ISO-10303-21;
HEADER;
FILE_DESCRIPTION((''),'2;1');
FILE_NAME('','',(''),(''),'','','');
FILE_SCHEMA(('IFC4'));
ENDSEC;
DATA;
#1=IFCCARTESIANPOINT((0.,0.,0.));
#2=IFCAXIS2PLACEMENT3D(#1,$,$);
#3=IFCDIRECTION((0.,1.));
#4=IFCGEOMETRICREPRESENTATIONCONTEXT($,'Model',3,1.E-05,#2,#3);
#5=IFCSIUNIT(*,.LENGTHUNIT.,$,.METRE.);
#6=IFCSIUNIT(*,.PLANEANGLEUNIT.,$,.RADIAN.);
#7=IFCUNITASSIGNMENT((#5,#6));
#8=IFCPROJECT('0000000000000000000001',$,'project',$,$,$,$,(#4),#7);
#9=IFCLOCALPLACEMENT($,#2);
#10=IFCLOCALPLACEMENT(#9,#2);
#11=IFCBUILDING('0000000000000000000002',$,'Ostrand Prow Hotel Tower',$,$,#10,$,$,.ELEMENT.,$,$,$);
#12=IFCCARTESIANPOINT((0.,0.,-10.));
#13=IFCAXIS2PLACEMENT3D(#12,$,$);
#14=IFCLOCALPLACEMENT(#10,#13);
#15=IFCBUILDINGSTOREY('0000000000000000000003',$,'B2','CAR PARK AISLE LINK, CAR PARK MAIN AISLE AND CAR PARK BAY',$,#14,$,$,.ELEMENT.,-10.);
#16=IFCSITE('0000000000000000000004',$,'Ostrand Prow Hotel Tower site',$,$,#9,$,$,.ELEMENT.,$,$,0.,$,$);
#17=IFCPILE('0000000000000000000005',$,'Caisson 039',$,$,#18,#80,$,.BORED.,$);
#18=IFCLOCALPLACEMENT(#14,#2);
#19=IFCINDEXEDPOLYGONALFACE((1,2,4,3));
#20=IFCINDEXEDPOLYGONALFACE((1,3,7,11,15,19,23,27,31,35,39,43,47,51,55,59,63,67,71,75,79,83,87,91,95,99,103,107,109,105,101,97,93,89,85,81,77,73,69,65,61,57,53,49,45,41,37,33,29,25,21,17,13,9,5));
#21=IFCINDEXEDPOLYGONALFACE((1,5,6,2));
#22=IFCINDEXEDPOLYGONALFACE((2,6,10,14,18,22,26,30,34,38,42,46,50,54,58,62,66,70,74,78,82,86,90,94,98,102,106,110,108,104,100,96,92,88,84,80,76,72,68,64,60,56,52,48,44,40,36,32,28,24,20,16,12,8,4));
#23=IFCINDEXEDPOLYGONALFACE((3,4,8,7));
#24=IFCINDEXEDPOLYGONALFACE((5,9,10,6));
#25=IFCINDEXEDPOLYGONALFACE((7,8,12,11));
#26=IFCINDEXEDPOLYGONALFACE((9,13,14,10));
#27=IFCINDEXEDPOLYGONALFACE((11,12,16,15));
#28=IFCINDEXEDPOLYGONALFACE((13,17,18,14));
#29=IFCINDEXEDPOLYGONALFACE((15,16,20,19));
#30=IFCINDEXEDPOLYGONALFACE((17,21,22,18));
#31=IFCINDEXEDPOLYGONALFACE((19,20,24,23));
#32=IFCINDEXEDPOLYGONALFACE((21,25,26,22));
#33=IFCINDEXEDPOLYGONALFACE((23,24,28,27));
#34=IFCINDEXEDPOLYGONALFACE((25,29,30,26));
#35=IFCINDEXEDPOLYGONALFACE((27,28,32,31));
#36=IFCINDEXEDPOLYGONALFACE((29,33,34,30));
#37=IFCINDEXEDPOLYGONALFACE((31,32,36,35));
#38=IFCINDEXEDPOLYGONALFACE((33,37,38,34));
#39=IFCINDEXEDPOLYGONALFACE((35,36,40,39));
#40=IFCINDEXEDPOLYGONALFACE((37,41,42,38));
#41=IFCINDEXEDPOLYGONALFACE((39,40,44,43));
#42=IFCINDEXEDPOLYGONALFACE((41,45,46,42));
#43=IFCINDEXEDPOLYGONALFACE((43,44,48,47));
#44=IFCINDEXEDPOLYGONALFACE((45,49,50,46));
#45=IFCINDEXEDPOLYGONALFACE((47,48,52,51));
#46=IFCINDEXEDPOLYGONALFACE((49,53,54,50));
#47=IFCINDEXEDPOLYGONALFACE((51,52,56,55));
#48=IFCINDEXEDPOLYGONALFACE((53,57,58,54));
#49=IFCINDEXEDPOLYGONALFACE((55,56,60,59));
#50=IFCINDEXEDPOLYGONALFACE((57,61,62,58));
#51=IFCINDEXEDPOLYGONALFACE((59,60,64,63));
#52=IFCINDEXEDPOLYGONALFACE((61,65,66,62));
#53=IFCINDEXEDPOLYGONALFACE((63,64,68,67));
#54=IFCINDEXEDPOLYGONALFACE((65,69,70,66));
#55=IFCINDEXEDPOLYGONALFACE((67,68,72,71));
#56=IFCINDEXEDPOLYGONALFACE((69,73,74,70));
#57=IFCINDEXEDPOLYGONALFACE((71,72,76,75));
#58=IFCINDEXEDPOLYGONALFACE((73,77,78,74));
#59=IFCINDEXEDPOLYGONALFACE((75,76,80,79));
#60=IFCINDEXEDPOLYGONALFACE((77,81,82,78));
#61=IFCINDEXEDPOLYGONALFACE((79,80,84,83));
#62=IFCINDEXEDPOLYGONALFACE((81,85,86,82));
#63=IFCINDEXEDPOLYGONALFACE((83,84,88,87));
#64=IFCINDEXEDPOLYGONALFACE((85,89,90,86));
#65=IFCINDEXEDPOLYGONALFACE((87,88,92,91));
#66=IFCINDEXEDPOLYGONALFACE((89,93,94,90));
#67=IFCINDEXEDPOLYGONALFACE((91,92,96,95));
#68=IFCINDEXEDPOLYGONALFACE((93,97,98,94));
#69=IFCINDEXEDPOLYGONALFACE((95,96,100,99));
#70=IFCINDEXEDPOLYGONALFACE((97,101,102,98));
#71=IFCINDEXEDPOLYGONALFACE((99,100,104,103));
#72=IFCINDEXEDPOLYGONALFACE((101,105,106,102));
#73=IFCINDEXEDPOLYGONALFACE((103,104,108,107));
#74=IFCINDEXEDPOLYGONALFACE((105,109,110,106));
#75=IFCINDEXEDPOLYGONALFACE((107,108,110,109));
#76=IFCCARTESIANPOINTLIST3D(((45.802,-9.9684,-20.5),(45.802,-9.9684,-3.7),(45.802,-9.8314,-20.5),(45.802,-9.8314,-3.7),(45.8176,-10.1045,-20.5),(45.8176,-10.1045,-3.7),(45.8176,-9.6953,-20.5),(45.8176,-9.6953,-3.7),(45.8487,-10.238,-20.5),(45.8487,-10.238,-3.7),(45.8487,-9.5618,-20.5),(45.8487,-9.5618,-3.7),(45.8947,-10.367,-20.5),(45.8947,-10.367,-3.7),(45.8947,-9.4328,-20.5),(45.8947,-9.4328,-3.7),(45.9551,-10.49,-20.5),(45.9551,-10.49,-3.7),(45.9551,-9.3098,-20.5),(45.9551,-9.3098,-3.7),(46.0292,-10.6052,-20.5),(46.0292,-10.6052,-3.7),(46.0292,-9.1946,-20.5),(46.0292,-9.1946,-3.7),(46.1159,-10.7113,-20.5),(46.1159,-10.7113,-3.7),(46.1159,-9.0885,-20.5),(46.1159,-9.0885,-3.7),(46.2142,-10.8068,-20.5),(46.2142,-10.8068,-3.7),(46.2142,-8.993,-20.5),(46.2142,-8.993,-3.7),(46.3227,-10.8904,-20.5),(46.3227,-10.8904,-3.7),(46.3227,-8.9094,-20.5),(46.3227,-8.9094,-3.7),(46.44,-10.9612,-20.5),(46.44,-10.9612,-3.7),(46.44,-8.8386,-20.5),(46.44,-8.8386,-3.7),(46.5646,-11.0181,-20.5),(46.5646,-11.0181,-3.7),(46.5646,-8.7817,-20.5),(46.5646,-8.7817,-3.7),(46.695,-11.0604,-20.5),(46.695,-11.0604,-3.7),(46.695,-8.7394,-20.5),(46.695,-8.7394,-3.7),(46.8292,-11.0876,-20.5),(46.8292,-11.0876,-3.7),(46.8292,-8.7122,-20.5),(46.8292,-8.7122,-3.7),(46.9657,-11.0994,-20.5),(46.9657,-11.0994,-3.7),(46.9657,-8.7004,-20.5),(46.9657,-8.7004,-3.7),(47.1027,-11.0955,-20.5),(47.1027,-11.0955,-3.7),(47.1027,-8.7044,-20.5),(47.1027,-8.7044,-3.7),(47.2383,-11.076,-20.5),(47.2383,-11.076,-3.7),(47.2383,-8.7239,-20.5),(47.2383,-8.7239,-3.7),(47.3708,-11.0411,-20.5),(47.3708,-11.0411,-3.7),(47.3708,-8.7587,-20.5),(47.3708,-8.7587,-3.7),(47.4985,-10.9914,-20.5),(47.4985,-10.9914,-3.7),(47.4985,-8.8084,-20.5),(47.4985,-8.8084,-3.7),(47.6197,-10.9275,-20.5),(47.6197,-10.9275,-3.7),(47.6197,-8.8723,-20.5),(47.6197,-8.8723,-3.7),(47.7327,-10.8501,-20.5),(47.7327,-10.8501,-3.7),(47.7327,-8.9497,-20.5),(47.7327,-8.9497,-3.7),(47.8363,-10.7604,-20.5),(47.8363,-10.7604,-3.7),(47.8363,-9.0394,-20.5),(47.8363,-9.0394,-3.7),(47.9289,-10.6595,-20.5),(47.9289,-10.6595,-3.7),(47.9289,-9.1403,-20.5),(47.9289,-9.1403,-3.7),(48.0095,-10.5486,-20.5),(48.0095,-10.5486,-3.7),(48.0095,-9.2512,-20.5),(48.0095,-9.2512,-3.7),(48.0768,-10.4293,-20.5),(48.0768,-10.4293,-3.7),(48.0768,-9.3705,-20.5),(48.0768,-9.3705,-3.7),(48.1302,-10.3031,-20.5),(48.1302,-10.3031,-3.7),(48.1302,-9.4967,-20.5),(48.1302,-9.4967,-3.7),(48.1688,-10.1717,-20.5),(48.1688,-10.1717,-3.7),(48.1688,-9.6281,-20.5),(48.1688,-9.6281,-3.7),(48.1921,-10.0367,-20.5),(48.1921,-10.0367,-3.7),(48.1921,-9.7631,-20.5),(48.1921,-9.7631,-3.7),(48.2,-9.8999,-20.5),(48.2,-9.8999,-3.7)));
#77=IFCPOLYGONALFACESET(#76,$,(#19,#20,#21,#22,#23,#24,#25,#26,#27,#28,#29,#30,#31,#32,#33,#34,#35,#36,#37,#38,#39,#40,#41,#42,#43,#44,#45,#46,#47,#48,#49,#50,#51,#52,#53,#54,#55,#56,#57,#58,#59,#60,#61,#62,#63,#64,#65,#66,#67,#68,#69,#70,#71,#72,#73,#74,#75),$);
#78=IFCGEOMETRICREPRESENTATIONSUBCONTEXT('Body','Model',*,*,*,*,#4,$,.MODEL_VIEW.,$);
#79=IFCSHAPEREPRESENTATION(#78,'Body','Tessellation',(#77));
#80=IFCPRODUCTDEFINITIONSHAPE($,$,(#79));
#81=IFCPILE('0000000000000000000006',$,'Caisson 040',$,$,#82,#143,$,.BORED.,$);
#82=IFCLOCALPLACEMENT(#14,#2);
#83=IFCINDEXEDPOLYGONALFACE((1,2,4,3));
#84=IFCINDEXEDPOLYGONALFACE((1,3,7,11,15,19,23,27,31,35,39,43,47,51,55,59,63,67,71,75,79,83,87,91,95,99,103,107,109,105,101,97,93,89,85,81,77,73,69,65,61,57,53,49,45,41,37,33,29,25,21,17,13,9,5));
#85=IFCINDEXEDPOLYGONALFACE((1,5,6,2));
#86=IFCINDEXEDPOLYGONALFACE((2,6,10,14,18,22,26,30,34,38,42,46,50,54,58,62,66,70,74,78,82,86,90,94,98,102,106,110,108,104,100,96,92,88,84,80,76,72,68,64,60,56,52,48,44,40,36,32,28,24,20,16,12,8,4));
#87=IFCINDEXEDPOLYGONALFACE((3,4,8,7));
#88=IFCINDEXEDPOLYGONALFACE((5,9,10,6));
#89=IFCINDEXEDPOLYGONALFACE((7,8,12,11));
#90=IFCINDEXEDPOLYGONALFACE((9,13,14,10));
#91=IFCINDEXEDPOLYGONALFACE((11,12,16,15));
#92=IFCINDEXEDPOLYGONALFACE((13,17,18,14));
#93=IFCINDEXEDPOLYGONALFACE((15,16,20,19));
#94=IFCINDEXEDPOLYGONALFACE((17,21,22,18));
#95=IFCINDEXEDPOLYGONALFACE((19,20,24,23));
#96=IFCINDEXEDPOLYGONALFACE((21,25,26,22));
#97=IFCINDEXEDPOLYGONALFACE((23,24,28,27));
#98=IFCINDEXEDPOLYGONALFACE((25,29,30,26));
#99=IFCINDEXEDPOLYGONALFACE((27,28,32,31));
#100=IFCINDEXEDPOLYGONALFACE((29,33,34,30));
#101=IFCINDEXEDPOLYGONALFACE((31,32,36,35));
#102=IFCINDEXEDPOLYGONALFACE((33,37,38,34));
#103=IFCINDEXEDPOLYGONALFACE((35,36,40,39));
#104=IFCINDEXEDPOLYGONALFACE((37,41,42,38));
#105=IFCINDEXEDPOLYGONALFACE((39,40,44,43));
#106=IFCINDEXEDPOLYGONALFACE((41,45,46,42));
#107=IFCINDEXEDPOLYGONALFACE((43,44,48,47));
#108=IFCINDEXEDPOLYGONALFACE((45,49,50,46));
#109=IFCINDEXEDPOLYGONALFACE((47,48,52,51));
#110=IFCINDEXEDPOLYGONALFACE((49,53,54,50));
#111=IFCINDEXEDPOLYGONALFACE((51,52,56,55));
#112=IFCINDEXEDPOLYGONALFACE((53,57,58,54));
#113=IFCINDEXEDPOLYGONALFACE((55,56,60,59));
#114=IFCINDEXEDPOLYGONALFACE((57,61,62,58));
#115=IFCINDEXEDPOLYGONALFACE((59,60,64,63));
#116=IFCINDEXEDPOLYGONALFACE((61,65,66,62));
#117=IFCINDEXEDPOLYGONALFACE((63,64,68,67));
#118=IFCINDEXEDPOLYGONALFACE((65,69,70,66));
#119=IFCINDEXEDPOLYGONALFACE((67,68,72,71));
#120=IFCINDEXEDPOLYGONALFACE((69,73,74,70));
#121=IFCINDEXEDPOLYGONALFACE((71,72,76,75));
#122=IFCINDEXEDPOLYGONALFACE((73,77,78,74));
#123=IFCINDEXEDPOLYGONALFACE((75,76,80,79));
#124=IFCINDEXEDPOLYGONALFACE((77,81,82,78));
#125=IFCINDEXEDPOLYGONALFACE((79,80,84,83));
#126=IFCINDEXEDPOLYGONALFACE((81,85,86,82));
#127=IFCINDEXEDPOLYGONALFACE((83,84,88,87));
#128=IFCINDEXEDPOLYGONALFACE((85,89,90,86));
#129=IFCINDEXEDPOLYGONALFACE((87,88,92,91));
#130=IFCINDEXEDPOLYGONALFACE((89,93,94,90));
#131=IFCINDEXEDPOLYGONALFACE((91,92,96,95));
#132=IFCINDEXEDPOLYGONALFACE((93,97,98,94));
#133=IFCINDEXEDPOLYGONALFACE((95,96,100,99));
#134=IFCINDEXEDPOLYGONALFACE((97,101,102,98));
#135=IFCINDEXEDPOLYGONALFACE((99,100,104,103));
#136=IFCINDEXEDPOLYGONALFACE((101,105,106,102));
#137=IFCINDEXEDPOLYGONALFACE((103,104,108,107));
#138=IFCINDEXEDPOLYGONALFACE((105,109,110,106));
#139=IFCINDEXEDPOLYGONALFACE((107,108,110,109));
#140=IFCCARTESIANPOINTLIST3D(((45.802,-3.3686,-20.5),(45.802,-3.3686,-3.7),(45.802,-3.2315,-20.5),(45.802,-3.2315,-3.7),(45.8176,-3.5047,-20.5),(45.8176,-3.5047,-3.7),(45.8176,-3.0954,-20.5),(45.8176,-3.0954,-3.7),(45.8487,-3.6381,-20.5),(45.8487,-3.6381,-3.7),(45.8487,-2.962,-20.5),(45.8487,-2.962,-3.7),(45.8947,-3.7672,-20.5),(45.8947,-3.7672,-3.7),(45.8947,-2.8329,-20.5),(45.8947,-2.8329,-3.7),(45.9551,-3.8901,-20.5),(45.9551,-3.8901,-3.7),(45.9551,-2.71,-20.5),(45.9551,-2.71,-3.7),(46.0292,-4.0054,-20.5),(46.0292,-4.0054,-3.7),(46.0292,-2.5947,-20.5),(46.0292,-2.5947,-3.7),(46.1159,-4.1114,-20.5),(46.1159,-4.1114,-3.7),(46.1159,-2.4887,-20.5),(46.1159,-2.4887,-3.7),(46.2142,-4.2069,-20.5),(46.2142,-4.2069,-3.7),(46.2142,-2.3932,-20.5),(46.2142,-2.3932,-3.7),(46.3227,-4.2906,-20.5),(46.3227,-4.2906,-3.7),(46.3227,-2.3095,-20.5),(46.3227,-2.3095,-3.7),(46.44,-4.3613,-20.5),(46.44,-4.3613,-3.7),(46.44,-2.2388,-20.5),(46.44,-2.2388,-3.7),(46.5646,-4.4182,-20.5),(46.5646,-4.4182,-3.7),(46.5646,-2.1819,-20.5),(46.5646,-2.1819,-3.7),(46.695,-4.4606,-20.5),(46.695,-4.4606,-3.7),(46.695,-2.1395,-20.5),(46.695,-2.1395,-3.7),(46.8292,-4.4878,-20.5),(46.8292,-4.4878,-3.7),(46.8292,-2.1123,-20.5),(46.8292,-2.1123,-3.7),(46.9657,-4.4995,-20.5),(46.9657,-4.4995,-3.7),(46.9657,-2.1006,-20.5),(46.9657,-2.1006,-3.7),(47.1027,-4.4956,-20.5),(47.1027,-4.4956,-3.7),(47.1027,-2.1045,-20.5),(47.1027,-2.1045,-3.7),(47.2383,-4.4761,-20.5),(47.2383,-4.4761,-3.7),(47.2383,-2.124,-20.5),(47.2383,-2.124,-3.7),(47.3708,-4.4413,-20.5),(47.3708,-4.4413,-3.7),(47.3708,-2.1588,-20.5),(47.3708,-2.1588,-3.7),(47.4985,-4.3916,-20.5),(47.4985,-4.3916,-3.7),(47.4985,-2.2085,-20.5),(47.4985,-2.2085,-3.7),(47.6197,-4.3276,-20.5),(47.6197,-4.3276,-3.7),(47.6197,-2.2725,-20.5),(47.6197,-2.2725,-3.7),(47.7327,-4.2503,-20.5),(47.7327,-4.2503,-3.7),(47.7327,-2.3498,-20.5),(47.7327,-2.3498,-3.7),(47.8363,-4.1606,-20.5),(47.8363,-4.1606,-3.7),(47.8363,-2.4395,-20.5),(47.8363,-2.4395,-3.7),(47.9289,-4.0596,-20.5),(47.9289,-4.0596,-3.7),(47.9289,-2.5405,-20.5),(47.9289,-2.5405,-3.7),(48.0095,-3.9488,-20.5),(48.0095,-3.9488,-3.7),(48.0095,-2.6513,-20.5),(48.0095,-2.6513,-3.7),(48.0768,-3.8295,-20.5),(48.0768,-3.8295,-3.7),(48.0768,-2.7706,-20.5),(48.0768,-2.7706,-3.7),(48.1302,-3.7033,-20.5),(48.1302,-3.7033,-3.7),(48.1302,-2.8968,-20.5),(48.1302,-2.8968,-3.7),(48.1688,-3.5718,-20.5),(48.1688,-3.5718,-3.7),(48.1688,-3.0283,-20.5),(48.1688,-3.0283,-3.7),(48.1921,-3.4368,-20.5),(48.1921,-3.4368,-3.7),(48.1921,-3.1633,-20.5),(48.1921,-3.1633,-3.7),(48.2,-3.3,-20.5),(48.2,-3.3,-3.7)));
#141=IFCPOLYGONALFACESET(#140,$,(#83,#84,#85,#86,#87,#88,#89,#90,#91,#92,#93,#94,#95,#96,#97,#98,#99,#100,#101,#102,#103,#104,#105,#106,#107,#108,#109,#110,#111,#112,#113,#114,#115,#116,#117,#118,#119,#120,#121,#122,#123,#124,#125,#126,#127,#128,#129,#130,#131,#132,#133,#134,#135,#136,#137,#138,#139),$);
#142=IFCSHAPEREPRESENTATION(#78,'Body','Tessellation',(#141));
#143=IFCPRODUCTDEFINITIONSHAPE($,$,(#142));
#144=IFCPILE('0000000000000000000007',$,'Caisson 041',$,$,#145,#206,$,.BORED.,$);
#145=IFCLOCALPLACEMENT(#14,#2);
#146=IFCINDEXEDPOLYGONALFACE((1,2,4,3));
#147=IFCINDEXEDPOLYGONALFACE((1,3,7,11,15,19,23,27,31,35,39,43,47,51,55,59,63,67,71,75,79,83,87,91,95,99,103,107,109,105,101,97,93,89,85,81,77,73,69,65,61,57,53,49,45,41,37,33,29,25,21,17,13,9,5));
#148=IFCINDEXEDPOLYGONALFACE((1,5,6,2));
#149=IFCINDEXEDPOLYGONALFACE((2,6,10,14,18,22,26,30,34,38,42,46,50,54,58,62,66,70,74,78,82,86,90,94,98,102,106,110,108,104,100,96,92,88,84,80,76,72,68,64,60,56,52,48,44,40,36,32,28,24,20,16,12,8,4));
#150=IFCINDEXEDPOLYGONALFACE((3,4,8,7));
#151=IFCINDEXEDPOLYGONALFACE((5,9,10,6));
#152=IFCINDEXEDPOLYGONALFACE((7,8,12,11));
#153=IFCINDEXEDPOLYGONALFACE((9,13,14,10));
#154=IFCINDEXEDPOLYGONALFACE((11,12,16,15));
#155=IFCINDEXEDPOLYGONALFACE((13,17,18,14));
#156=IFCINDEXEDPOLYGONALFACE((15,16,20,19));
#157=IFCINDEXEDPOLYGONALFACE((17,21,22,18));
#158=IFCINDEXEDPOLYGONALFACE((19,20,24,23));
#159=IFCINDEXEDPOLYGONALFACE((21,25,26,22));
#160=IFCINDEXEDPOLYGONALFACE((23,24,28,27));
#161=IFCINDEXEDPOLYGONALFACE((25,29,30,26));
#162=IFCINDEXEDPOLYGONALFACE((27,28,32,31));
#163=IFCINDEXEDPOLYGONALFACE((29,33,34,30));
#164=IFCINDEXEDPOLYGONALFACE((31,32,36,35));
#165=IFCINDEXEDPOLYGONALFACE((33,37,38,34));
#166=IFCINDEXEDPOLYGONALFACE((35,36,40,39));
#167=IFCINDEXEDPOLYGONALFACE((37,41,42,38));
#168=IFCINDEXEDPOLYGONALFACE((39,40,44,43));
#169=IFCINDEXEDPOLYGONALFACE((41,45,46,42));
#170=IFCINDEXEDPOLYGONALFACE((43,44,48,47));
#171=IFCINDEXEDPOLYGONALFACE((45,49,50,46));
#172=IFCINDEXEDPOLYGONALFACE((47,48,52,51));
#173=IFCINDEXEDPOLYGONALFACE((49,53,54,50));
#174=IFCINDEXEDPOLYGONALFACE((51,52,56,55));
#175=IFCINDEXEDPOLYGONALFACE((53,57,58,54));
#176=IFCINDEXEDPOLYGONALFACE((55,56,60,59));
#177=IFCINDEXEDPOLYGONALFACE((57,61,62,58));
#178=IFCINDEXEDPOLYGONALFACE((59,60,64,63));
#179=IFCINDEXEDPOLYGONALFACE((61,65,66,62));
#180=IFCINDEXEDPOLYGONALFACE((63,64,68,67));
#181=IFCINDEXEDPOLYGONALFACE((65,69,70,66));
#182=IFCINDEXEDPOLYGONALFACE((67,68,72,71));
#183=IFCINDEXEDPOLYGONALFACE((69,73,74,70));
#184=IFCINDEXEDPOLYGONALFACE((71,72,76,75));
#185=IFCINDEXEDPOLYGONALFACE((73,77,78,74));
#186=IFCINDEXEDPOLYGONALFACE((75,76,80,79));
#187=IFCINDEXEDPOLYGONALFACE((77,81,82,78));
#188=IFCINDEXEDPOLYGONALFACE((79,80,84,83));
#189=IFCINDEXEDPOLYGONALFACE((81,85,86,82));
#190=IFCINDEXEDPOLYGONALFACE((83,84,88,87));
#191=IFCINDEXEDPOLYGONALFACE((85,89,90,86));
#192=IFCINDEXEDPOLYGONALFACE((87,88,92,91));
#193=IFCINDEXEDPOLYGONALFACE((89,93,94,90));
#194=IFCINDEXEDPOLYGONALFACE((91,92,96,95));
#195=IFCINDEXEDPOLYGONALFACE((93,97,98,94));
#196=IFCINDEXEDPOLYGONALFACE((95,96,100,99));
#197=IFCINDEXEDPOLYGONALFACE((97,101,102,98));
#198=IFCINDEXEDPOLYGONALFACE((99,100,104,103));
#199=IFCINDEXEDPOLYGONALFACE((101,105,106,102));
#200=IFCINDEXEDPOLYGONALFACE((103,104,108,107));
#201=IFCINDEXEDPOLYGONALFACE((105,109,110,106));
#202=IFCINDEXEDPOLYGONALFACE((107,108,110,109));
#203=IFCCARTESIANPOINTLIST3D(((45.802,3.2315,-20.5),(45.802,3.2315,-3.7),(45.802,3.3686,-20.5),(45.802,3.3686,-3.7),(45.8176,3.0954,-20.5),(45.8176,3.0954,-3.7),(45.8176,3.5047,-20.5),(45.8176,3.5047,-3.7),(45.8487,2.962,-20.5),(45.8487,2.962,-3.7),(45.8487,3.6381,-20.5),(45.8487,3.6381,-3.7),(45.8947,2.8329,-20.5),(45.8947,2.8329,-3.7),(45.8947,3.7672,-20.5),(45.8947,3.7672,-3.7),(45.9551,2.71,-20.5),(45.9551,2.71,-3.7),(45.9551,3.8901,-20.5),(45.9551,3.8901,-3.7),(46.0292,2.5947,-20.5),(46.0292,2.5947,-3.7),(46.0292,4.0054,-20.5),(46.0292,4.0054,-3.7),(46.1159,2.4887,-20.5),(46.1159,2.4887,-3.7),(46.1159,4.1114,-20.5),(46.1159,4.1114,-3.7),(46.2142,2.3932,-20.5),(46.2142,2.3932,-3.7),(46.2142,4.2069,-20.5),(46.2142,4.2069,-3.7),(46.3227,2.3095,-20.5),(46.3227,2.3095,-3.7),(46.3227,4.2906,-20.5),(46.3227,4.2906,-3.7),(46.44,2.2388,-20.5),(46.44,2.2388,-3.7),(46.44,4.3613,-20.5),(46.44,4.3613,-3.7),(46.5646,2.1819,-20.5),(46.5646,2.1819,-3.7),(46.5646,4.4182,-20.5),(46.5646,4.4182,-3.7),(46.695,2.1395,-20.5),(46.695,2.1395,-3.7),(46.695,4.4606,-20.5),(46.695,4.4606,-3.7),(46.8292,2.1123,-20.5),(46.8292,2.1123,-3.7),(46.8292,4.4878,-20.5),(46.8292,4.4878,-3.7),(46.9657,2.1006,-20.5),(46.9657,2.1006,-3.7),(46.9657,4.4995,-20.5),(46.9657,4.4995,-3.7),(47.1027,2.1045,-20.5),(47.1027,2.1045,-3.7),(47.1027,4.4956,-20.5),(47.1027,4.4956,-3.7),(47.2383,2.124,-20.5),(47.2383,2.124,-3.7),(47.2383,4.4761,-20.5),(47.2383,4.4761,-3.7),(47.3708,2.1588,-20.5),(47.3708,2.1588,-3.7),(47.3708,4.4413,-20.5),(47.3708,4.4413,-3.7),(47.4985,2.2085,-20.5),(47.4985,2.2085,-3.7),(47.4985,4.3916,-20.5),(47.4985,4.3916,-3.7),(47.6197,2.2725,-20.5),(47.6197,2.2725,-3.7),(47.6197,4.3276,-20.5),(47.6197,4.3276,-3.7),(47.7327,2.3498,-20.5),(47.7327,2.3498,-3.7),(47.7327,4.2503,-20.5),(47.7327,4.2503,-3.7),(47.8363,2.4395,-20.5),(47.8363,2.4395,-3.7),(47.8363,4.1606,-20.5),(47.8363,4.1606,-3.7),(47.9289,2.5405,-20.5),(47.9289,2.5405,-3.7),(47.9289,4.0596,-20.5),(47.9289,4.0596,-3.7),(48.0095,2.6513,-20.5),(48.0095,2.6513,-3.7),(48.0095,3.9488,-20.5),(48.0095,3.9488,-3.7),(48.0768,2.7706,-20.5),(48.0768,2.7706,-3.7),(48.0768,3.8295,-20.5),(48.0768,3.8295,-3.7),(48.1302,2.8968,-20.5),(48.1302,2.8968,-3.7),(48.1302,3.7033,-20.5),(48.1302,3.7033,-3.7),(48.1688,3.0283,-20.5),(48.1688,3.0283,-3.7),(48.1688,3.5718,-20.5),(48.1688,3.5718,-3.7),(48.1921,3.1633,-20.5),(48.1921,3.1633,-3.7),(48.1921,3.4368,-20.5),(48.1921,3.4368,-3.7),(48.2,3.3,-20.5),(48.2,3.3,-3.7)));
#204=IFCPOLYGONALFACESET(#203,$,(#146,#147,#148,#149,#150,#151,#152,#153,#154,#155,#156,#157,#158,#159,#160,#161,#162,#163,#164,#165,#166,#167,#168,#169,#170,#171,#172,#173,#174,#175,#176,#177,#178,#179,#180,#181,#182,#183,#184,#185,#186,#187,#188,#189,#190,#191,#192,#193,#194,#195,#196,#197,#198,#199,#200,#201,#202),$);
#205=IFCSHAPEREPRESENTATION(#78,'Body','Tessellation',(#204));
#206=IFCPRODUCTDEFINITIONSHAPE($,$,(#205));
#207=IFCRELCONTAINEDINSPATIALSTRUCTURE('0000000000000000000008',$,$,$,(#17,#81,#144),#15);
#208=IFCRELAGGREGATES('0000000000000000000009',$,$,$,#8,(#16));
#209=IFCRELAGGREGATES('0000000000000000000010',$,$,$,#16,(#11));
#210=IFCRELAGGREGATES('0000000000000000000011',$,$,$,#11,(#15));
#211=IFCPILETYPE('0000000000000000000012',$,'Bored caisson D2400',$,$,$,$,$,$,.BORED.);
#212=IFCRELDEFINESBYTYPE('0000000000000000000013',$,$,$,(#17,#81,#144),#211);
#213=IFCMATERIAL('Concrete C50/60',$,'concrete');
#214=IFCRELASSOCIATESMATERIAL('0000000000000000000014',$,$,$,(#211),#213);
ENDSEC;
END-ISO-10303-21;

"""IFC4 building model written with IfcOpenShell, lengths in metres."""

from ifc_helpers import new_model, si_unit, direction, frame, origin, origin_2d, place, context, subcontext, project, spatial, circle, extrude, material, type_object, element, save


model = new_model("IFC4")

# Units and contexts
model_context = context("Model", 3, precision=1e-05, world=origin(), true_north=direction((0.0, 1.0)))
body_context = subcontext(model_context, "Body", "Model", "MODEL_VIEW")
ifc_project = project(units=[si_unit("LENGTHUNIT", "METRE"), si_unit("PLANEANGLEUNIT", "RADIAN")], contexts=[model_context])

# Site, building, storey
site_placement = place(None, origin())
site = spatial("IfcSite", under=ifc_project, at=site_placement, Name="Ostrand Prow Hotel Tower site", CompositionType="ELEMENT", RefElevation=0.0)
building_placement = place(site_placement, origin())
building = spatial("IfcBuilding", under=site, at=building_placement, Name="Ostrand Prow Hotel Tower", CompositionType="ELEMENT")
storey_placement = place(building_placement, frame((0.0, 0.0, -10.0)))
storey = spatial("IfcBuildingStorey", under=building, at=storey_placement, Name="B2", Description="CAR PARK AISLE LINK, CAR PARK MAIN AISLE AND CAR PARK BAY", CompositionType="ELEMENT", Elevation=-10.0)

# Piles
ifc_material_1 = material(Name="Concrete C50/60", Category="concrete")
pile_type = type_object("IfcPileType", Name="Bored caisson D2400", PredefinedType="BORED", material=ifc_material_1)
for number, where, z_axis, x_axis, name in (
    (1, (47.0, -9.8999, -3.7), (0.0, 0.0, -1.0), (1.0, 0.0, 0.0), "Caisson 039"),
    (2, (47.0, -3.3, -3.7), (0.0, 0.0, -1.0), (1.0, 0.0, 0.0), "Caisson 040"),
    (3, (47.0, 3.3, -3.7), (0.0, 0.0, -1.0), (1.0, 0.0, 0.0), "Caisson 041"),
):
    element("IfcPile", number, at=place(storey_placement, frame(where, z_axis=z_axis, x_axis=x_axis)), inside=storey, type_object=pile_type, Name=name, PredefinedType="BORED", context=body_context, shape_type="SweptSolid", body=[
        extrude(circle(Radius=1.2, at=origin_2d()), origin(), (0.0, 0.0, 1.0), 16.8),
    ])

save(model, "model.ifc")
